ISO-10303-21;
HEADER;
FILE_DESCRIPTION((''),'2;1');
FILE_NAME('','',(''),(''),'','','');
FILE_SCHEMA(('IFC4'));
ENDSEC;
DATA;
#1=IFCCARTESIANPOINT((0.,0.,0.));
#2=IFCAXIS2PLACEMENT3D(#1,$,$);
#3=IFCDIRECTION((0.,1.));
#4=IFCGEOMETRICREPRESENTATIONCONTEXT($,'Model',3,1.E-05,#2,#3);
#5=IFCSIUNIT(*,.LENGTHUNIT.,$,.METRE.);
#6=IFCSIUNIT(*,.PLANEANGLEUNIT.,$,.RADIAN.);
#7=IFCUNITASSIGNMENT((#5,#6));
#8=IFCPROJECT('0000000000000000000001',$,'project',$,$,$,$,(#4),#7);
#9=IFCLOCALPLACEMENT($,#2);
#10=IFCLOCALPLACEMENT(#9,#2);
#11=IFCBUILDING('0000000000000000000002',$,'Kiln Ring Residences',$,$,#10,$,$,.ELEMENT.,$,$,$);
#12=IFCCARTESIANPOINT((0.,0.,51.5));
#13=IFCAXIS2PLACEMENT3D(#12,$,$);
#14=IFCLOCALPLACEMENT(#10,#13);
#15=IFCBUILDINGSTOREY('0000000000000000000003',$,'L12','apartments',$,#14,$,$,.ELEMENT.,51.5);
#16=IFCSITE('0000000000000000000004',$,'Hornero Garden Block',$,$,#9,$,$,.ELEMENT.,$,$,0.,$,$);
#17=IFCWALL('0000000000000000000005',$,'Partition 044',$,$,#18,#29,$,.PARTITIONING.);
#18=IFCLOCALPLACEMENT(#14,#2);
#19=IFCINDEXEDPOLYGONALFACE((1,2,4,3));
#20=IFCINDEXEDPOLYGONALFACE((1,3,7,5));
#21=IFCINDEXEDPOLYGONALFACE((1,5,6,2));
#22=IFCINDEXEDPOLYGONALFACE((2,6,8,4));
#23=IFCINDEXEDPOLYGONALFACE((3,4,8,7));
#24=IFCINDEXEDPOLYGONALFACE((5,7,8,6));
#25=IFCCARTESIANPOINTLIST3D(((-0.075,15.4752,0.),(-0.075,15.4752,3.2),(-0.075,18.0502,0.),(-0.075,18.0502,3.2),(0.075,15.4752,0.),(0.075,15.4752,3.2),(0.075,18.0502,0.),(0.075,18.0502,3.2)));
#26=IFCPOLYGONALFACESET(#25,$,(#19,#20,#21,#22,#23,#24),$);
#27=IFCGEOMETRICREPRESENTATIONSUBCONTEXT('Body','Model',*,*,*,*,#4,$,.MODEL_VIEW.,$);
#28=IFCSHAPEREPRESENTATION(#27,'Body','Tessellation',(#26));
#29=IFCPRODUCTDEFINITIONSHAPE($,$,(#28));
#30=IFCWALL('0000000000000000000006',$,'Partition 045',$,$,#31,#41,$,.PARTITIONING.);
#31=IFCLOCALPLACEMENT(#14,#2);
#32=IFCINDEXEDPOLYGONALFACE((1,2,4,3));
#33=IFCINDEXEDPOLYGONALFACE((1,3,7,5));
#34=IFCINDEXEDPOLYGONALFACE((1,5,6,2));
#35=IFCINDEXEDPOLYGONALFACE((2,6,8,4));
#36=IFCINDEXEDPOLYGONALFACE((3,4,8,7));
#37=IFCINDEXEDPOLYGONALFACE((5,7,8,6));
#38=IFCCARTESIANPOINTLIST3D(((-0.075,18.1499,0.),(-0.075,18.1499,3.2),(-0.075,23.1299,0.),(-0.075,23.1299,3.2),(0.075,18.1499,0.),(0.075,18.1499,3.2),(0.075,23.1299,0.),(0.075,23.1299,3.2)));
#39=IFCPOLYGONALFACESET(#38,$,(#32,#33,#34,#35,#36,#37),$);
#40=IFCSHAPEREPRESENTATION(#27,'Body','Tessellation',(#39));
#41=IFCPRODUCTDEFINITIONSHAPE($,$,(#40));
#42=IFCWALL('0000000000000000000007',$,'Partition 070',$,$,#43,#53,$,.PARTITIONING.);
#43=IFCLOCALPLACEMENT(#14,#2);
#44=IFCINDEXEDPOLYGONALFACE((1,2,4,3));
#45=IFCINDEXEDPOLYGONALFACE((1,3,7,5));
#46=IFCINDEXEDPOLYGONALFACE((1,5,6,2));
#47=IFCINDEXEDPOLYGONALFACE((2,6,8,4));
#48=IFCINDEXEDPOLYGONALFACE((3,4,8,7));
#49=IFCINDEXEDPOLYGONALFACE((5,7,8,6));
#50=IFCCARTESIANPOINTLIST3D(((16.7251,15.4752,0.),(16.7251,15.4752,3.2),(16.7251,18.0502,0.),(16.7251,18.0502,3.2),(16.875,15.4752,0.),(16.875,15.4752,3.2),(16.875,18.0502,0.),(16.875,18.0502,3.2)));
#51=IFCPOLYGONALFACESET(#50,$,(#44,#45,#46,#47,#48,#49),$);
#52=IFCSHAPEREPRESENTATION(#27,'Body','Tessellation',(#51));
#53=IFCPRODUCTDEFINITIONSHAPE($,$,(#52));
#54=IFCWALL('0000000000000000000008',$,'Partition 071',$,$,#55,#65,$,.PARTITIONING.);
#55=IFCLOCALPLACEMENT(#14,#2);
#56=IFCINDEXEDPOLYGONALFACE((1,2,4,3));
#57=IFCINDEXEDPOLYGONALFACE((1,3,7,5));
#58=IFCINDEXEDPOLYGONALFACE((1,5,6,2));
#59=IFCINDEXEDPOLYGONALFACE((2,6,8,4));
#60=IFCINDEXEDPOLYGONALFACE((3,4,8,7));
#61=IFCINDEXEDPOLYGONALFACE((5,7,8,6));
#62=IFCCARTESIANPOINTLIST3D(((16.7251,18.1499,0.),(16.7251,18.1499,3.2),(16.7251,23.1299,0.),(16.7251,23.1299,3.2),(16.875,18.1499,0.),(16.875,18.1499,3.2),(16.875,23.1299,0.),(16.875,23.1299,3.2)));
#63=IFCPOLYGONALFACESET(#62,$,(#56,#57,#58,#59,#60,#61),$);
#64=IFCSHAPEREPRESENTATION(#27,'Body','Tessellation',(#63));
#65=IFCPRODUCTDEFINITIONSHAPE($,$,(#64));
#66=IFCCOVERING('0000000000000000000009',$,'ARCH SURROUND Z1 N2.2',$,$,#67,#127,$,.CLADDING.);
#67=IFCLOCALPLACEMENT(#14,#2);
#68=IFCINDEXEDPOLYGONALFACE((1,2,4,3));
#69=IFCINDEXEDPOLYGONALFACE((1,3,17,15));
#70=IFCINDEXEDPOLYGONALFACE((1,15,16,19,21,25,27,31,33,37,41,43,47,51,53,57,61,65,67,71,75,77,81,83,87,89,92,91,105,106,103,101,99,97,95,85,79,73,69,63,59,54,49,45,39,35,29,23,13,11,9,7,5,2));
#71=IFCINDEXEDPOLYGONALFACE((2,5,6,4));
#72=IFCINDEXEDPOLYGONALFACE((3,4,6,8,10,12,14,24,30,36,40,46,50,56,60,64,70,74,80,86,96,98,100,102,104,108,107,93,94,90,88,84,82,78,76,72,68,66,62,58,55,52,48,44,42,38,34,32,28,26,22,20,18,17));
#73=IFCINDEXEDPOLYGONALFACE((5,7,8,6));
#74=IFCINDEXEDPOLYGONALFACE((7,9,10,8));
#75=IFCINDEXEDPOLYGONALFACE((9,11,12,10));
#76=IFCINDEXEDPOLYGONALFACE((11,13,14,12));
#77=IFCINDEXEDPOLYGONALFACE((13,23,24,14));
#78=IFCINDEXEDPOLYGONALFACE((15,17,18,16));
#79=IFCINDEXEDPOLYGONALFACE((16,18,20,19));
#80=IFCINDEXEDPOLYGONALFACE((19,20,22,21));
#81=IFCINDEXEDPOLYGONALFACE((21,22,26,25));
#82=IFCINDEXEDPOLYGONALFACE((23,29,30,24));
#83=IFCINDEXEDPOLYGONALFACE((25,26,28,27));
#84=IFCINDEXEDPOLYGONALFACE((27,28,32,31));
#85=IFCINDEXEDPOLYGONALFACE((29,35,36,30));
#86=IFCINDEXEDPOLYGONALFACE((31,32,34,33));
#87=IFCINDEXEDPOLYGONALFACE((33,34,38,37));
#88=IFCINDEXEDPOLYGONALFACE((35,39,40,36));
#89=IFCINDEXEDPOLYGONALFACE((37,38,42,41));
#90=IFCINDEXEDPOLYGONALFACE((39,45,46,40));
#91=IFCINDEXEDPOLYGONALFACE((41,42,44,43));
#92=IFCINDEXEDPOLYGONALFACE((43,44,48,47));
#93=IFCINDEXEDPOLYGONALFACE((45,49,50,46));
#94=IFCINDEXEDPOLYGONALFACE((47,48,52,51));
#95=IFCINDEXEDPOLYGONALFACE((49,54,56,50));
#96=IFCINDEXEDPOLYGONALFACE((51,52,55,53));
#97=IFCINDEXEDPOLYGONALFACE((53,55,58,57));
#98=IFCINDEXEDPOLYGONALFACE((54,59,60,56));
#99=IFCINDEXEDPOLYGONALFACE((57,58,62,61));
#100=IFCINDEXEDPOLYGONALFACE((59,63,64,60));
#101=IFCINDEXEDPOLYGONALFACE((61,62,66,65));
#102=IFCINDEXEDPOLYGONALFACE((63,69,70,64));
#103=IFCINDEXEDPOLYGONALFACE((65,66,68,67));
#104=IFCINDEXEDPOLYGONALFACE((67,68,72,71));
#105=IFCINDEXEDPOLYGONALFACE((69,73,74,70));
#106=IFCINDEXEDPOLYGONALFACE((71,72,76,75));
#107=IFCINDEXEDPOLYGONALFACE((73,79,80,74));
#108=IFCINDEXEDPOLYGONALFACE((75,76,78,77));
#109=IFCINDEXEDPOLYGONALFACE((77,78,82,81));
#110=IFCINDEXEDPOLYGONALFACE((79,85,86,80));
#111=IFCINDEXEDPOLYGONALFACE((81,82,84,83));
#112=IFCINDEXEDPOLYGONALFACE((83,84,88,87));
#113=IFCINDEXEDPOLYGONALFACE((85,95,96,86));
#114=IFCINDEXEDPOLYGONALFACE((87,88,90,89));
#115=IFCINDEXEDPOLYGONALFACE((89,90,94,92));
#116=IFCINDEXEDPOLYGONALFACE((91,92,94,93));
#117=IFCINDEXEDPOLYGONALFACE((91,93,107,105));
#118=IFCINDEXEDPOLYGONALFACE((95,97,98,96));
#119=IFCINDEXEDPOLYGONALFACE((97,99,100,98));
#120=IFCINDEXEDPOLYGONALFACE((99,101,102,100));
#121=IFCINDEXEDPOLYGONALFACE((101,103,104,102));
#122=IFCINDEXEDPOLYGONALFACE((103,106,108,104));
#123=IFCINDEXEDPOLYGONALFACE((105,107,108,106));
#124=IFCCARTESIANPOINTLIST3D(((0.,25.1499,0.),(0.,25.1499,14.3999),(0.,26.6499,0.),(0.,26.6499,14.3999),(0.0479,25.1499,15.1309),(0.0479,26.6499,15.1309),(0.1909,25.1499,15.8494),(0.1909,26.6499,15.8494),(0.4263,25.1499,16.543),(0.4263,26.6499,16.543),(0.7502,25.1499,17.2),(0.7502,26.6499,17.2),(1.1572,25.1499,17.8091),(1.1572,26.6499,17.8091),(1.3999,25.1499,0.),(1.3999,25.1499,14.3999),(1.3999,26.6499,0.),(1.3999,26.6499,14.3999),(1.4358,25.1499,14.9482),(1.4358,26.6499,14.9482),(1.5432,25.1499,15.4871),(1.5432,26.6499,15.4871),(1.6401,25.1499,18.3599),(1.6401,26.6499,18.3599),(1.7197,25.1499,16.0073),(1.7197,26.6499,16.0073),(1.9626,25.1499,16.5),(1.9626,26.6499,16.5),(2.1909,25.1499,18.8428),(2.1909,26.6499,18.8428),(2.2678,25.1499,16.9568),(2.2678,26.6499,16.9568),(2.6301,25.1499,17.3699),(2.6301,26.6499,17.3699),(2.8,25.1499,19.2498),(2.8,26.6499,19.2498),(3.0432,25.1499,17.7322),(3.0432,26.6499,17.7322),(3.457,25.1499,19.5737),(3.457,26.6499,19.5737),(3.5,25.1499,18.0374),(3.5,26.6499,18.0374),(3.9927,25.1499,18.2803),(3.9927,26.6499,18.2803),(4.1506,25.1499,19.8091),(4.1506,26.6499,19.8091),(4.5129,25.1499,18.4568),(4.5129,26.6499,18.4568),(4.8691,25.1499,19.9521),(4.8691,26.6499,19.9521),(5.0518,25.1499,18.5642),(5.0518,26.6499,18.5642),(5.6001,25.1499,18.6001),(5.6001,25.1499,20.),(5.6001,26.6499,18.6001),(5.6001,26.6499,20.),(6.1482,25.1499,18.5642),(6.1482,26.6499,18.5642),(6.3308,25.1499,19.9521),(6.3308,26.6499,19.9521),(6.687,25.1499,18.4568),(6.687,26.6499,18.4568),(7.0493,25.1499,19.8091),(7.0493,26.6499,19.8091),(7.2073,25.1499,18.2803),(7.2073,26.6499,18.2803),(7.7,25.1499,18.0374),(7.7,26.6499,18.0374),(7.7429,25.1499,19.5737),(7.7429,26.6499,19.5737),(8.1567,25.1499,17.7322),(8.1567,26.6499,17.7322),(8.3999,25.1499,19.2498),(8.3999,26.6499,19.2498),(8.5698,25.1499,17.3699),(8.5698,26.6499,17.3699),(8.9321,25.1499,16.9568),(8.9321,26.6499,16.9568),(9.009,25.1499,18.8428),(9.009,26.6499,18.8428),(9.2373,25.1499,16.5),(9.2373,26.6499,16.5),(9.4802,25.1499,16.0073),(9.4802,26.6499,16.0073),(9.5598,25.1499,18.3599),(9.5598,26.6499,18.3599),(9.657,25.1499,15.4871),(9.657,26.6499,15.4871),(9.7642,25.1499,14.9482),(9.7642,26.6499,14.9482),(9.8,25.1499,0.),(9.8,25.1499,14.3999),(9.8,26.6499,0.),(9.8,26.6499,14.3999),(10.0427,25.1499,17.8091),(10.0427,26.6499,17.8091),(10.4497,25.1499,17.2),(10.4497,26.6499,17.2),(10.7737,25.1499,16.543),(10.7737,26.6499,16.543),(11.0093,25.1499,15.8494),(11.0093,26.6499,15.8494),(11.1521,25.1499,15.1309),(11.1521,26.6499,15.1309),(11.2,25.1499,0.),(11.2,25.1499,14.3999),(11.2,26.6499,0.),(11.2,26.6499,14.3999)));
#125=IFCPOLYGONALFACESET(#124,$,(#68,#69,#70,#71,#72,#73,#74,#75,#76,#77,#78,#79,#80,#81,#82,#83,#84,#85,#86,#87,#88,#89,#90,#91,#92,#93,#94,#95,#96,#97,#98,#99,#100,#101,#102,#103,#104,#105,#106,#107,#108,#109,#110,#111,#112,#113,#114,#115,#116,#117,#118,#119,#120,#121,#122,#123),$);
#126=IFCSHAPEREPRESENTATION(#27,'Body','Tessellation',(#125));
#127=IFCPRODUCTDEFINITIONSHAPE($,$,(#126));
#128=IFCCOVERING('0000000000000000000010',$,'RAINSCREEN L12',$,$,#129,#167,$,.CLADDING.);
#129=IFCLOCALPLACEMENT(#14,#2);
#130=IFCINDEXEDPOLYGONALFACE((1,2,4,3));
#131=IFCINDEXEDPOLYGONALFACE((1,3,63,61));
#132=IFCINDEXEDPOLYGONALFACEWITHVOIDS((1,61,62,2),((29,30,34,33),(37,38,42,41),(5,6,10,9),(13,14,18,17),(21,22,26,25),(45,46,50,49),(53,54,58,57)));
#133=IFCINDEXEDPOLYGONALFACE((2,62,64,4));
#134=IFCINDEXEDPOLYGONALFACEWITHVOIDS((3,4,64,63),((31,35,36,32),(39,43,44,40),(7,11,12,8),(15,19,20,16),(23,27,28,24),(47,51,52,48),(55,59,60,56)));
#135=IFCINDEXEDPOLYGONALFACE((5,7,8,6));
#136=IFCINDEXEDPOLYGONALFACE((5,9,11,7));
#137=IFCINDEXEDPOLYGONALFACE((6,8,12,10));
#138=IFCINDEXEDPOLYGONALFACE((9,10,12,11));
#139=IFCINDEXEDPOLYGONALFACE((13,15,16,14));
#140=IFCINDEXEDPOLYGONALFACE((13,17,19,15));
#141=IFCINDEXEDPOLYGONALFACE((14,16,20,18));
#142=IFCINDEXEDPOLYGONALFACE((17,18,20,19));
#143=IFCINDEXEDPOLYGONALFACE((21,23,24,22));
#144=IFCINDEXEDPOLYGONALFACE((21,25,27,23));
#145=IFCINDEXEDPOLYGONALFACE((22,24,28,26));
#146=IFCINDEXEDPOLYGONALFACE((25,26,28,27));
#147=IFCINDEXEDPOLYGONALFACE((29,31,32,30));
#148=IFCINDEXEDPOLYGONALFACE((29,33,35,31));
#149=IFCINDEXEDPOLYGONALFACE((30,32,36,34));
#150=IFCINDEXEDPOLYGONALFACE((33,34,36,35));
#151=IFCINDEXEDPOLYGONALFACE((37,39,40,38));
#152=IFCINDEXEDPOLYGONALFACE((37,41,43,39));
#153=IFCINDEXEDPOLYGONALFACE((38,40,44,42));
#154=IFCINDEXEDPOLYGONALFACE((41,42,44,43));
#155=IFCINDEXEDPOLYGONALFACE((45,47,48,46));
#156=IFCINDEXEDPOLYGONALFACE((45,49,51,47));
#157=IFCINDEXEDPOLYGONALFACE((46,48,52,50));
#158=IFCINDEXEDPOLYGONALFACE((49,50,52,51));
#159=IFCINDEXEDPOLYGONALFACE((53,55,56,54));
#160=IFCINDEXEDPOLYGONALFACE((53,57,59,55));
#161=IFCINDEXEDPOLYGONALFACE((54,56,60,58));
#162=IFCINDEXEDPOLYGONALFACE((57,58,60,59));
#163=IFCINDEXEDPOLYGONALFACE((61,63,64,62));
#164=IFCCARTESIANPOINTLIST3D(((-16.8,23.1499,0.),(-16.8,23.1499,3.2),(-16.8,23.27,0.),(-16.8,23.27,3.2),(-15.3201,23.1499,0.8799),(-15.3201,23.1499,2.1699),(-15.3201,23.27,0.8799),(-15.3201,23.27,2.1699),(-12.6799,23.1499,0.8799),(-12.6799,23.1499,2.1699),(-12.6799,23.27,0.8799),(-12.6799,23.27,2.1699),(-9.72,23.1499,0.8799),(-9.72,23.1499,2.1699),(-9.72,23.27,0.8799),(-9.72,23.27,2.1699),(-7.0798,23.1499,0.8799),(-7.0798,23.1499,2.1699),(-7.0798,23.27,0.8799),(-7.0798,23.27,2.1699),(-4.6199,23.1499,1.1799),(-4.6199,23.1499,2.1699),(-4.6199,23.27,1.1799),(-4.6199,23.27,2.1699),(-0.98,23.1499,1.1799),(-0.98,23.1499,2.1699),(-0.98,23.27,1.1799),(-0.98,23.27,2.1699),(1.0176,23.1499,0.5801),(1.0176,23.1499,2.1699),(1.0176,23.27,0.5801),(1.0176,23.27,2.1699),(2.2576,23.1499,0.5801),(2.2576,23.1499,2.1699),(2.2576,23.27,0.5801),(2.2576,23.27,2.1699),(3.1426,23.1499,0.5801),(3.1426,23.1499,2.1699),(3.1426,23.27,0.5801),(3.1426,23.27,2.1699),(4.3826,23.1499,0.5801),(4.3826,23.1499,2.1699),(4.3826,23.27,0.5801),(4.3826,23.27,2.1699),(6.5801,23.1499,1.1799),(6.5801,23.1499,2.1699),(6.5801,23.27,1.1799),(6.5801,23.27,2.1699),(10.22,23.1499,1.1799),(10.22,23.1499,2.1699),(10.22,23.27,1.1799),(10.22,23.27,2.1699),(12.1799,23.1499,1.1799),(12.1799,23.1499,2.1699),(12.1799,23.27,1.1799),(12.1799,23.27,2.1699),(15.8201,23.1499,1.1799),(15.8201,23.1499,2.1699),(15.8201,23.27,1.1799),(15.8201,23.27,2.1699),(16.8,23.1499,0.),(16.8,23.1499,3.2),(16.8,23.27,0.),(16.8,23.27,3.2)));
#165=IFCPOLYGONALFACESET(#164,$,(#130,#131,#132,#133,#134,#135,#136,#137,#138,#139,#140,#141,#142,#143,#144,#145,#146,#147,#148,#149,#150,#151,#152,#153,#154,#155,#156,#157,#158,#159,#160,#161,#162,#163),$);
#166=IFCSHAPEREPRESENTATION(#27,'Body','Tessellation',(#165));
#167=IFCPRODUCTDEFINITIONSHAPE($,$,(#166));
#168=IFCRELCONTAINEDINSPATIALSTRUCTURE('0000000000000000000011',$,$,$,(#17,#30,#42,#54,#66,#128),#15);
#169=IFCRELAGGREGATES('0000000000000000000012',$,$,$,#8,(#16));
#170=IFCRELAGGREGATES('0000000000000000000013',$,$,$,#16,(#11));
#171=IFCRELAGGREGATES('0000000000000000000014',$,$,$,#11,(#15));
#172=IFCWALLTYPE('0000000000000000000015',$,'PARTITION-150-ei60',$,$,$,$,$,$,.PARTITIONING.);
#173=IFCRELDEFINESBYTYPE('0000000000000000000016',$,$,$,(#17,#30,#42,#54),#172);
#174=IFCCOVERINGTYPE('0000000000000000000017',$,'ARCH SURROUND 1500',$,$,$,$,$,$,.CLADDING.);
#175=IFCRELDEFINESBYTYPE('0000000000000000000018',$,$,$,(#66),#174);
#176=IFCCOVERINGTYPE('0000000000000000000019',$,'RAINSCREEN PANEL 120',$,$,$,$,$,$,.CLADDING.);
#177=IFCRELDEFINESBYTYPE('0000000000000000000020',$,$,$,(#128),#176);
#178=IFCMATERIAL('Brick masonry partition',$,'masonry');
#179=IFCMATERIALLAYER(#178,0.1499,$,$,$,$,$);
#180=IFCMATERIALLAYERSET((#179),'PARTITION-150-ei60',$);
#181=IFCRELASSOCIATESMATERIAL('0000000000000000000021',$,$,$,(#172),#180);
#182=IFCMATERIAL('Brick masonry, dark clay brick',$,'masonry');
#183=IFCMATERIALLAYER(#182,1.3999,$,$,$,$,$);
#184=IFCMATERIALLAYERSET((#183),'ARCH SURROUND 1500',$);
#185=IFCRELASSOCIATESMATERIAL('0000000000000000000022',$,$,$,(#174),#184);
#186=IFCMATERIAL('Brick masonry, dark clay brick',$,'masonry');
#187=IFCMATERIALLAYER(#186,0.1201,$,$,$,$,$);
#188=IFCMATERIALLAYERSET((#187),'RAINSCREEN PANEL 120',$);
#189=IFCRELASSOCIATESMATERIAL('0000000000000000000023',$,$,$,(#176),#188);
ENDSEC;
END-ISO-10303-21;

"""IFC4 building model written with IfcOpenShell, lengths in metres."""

from ifc_helpers import new_model, si_unit, direction, frame, frame_2d, origin, place, context, subcontext, project, spatial, polyline, rectangle, outline, extrude, material, layer, layer_set, type_object, element, save


model = new_model("IFC4")

# Units and contexts
model_context = context("Model", 3, precision=1e-05, world=origin(), true_north=direction((0.0, 1.0)))
body_context = subcontext(model_context, "Body", "Model", "MODEL_VIEW")
ifc_project = project(units=[si_unit("LENGTHUNIT", "METRE"), si_unit("PLANEANGLEUNIT", "RADIAN")], contexts=[model_context])

# Site, building, storey
site_placement = place(None, origin())
site = spatial("IfcSite", under=ifc_project, at=site_placement, Name="Hornero Garden Block", CompositionType="ELEMENT", RefElevation=0.0)
building_placement = place(site_placement, origin())
building = spatial("IfcBuilding", under=site, at=building_placement, Name="Kiln Ring Residences", CompositionType="ELEMENT")
storey_placement = place(building_placement, frame((0.0, 0.0, 51.5)))
storey = spatial("IfcBuildingStorey", under=building, at=storey_placement, Name="L12", Description="apartments", CompositionType="ELEMENT", Elevation=51.5)

# Walls
ifc_material_1 = material(Name="Brick masonry partition", Category="masonry")
ifc_layer_1 = layer(ifc_material_1, 0.1499)
ifc_layer_set_1 = layer_set([ifc_layer_1], Name="PARTITION-150-ei60")
wall_type_1 = type_object("IfcWallType", Name="PARTITION-150-ei60", PredefinedType="PARTITIONING", material=ifc_layer_set_1)
wall_1_placement = place(storey_placement, frame((0.0, 15.4751, 0.0), z_axis=(0.0, 0.0, 1.0), x_axis=(0.0, 1.0, 0.0)))
element("IfcWall", 1, at=wall_1_placement, inside=storey, type_object=wall_type_1, Name="Partition 044", PredefinedType="PARTITIONING", context=body_context, shape_type="SweptSolid", body=[
    extrude(rectangle(XDim=2.575, YDim=0.1499, at=frame_2d((1.2876, 0.0))), origin(), (0.0, 0.0, 1.0), 3.2),
])
wall_2_placement = place(storey_placement, frame((0.0, 18.1499, 0.0), z_axis=(0.0, 0.0, 1.0), x_axis=(0.0, 1.0, 0.0)))
element("IfcWall", 2, at=wall_2_placement, inside=storey, type_object=wall_type_1, Name="Partition 045", PredefinedType="PARTITIONING", context=body_context, shape_type="SweptSolid", body=[
    extrude(rectangle(XDim=4.98, YDim=0.1499, at=frame_2d((2.49, 0.0))), origin(), (0.0, 0.0, 1.0), 3.2),
])
wall_3_placement = place(storey_placement, frame((16.8, 15.4751, 0.0), z_axis=(0.0, 0.0, 1.0), x_axis=(0.0, 1.0, 0.0)))
element("IfcWall", 3, at=wall_3_placement, inside=storey, type_object=wall_type_1, Name="Partition 070", PredefinedType="PARTITIONING", context=body_context, shape_type="SweptSolid", body=[
    extrude(rectangle(XDim=2.575, YDim=0.1499, at=frame_2d((1.2876, 0.0))), origin(), (0.0, 0.0, 1.0), 3.2),
])
wall_4_placement = place(storey_placement, frame((16.8, 18.1499, 0.0), z_axis=(0.0, 0.0, 1.0), x_axis=(0.0, 1.0, 0.0)))
element("IfcWall", 4, at=wall_4_placement, inside=storey, type_object=wall_type_1, Name="Partition 071", PredefinedType="PARTITIONING", context=body_context, shape_type="SweptSolid", body=[
    extrude(rectangle(XDim=4.98, YDim=0.1499, at=frame_2d((2.49, 0.0))), origin(), (0.0, 0.0, 1.0), 3.2),
])

# Coverings
ifc_material_2 = material(Name="Brick masonry, dark clay brick", Category="masonry")
ifc_layer_2 = layer(ifc_material_2, 1.3999)
ifc_layer_set_2 = layer_set([ifc_layer_2], Name="ARCH SURROUND 1500")
covering_type_1 = type_object("IfcCoveringType", Name="ARCH SURROUND 1500", PredefinedType="CLADDING", material=ifc_layer_set_2)
covering_1_placement = place(storey_placement, frame((0.0, 25.8999, 0.0), z_axis=(0.0, 0.0, 1.0), x_axis=(1.0, 0.0, 0.0)))
element("IfcCovering", 5, at=covering_1_placement, inside=storey, type_object=covering_type_1, Name="ARCH SURROUND Z1 N2.2", PredefinedType="CLADDING", context=body_context, shape_type="SweptSolid", body=[
    extrude(outline(polyline([(0.0, 0.0), (0.0, 14.3999), (0.0479, 15.1309), (0.1909, 15.8494), (0.4263, 16.543), (0.7502, 17.2), (1.1572, 17.8091), (1.6401, 18.3599), (2.1909, 18.8428), (2.8, 19.2498), (3.457, 19.5737), (4.1506, 19.8091), (4.8691, 19.9521), (5.6001, 20.0), (6.3308, 19.9521), (7.0493, 19.8091), (7.7429, 19.5737), (8.3999, 19.2498), (9.009, 18.8428), (9.5598, 18.3599), (10.0427, 17.8091), (10.4497, 17.2), (10.7737, 16.543), (11.0093, 15.8494), (11.1521, 15.1309), (11.2, 14.3999), (11.2, 0.0), (9.8, 0.0), (9.8, 14.3999), (9.7642, 14.9482), (9.657, 15.4871), (9.4802, 16.0073), (9.2373, 16.5), (8.9321, 16.9568), (8.5698, 17.3699), (8.1567, 17.7322), (7.7, 18.0374), (7.2073, 18.2803), (6.687, 18.4568), (6.1482, 18.5642), (5.6001, 18.6001), (5.0518, 18.5642), (4.5129, 18.4568), (3.9927, 18.2803), (3.5, 18.0374), (3.0432, 17.7322), (2.6301, 17.3699), (2.2678, 16.9568), (1.9626, 16.5), (1.7197, 16.0073), (1.5432, 15.4871), (1.4358, 14.9482), (1.3999, 14.3999), (1.3999, 0.0), (0.0, 0.0)])), frame((0.0, 0.75, 0.0), z_axis=(0.0, -1.0, 0.0), x_axis=(1.0, 0.0, 0.0)), (0.0, 0.0, 1.0), 1.5),
])
ifc_material_3 = material(Name="Brick masonry, dark clay brick", Category="masonry")
ifc_layer_3 = layer(ifc_material_3, 0.1201)
ifc_layer_set_3 = layer_set([ifc_layer_3], Name="RAINSCREEN PANEL 120")
covering_type_2 = type_object("IfcCoveringType", Name="RAINSCREEN PANEL 120", PredefinedType="CLADDING", material=ifc_layer_set_3)
covering_2_placement = place(storey_placement, frame((16.8, 23.21, 0.0), z_axis=(0.0, 0.0, 1.0), x_axis=(-1.0, 0.0, 0.0)))
element("IfcCovering", 6, at=covering_2_placement, inside=storey, type_object=covering_type_2, Name="RAINSCREEN L12", PredefinedType="CLADDING", context=body_context, shape_type="SweptSolid", body=[
    extrude(outline(polyline([(0.0, 0.0), (33.6001, 0.0), (33.6001, 3.2), (0.0, 3.2), (0.0, 0.0)]), holes=[polyline([(13.6575, 0.5801), (13.6575, 2.1699), (12.4175, 2.1699), (12.4175, 0.5801), (13.6575, 0.5801)]), polyline([(14.5425, 0.5801), (15.7825, 0.5801), (15.7825, 2.1699), (14.5425, 2.1699), (14.5425, 0.5801)]), polyline([(23.8799, 0.8799), (26.52, 0.8799), (26.52, 2.1699), (23.8799, 2.1699), (23.8799, 0.8799)]), polyline([(29.48, 0.8799), (32.1201, 0.8799), (32.1201, 2.1699), (29.48, 2.1699), (29.48, 0.8799)]), polyline([(0.98, 1.1799), (4.6201, 1.1799), (4.6201, 2.1699), (0.98, 2.1699), (0.98, 1.1799)]), polyline([(6.5801, 1.1799), (10.22, 1.1799), (10.22, 2.1699), (6.5801, 2.1699), (6.5801, 1.1799)]), polyline([(17.78, 1.1799), (21.4199, 1.1799), (21.4199, 2.1699), (17.78, 2.1699), (17.78, 1.1799)])]), frame((0.0, 0.0601, 0.0), z_axis=(0.0, -1.0, 0.0), x_axis=(1.0, 0.0, 0.0)), (0.0, 0.0, 1.0), 0.1201),
])

save(model, "model.ifc")
